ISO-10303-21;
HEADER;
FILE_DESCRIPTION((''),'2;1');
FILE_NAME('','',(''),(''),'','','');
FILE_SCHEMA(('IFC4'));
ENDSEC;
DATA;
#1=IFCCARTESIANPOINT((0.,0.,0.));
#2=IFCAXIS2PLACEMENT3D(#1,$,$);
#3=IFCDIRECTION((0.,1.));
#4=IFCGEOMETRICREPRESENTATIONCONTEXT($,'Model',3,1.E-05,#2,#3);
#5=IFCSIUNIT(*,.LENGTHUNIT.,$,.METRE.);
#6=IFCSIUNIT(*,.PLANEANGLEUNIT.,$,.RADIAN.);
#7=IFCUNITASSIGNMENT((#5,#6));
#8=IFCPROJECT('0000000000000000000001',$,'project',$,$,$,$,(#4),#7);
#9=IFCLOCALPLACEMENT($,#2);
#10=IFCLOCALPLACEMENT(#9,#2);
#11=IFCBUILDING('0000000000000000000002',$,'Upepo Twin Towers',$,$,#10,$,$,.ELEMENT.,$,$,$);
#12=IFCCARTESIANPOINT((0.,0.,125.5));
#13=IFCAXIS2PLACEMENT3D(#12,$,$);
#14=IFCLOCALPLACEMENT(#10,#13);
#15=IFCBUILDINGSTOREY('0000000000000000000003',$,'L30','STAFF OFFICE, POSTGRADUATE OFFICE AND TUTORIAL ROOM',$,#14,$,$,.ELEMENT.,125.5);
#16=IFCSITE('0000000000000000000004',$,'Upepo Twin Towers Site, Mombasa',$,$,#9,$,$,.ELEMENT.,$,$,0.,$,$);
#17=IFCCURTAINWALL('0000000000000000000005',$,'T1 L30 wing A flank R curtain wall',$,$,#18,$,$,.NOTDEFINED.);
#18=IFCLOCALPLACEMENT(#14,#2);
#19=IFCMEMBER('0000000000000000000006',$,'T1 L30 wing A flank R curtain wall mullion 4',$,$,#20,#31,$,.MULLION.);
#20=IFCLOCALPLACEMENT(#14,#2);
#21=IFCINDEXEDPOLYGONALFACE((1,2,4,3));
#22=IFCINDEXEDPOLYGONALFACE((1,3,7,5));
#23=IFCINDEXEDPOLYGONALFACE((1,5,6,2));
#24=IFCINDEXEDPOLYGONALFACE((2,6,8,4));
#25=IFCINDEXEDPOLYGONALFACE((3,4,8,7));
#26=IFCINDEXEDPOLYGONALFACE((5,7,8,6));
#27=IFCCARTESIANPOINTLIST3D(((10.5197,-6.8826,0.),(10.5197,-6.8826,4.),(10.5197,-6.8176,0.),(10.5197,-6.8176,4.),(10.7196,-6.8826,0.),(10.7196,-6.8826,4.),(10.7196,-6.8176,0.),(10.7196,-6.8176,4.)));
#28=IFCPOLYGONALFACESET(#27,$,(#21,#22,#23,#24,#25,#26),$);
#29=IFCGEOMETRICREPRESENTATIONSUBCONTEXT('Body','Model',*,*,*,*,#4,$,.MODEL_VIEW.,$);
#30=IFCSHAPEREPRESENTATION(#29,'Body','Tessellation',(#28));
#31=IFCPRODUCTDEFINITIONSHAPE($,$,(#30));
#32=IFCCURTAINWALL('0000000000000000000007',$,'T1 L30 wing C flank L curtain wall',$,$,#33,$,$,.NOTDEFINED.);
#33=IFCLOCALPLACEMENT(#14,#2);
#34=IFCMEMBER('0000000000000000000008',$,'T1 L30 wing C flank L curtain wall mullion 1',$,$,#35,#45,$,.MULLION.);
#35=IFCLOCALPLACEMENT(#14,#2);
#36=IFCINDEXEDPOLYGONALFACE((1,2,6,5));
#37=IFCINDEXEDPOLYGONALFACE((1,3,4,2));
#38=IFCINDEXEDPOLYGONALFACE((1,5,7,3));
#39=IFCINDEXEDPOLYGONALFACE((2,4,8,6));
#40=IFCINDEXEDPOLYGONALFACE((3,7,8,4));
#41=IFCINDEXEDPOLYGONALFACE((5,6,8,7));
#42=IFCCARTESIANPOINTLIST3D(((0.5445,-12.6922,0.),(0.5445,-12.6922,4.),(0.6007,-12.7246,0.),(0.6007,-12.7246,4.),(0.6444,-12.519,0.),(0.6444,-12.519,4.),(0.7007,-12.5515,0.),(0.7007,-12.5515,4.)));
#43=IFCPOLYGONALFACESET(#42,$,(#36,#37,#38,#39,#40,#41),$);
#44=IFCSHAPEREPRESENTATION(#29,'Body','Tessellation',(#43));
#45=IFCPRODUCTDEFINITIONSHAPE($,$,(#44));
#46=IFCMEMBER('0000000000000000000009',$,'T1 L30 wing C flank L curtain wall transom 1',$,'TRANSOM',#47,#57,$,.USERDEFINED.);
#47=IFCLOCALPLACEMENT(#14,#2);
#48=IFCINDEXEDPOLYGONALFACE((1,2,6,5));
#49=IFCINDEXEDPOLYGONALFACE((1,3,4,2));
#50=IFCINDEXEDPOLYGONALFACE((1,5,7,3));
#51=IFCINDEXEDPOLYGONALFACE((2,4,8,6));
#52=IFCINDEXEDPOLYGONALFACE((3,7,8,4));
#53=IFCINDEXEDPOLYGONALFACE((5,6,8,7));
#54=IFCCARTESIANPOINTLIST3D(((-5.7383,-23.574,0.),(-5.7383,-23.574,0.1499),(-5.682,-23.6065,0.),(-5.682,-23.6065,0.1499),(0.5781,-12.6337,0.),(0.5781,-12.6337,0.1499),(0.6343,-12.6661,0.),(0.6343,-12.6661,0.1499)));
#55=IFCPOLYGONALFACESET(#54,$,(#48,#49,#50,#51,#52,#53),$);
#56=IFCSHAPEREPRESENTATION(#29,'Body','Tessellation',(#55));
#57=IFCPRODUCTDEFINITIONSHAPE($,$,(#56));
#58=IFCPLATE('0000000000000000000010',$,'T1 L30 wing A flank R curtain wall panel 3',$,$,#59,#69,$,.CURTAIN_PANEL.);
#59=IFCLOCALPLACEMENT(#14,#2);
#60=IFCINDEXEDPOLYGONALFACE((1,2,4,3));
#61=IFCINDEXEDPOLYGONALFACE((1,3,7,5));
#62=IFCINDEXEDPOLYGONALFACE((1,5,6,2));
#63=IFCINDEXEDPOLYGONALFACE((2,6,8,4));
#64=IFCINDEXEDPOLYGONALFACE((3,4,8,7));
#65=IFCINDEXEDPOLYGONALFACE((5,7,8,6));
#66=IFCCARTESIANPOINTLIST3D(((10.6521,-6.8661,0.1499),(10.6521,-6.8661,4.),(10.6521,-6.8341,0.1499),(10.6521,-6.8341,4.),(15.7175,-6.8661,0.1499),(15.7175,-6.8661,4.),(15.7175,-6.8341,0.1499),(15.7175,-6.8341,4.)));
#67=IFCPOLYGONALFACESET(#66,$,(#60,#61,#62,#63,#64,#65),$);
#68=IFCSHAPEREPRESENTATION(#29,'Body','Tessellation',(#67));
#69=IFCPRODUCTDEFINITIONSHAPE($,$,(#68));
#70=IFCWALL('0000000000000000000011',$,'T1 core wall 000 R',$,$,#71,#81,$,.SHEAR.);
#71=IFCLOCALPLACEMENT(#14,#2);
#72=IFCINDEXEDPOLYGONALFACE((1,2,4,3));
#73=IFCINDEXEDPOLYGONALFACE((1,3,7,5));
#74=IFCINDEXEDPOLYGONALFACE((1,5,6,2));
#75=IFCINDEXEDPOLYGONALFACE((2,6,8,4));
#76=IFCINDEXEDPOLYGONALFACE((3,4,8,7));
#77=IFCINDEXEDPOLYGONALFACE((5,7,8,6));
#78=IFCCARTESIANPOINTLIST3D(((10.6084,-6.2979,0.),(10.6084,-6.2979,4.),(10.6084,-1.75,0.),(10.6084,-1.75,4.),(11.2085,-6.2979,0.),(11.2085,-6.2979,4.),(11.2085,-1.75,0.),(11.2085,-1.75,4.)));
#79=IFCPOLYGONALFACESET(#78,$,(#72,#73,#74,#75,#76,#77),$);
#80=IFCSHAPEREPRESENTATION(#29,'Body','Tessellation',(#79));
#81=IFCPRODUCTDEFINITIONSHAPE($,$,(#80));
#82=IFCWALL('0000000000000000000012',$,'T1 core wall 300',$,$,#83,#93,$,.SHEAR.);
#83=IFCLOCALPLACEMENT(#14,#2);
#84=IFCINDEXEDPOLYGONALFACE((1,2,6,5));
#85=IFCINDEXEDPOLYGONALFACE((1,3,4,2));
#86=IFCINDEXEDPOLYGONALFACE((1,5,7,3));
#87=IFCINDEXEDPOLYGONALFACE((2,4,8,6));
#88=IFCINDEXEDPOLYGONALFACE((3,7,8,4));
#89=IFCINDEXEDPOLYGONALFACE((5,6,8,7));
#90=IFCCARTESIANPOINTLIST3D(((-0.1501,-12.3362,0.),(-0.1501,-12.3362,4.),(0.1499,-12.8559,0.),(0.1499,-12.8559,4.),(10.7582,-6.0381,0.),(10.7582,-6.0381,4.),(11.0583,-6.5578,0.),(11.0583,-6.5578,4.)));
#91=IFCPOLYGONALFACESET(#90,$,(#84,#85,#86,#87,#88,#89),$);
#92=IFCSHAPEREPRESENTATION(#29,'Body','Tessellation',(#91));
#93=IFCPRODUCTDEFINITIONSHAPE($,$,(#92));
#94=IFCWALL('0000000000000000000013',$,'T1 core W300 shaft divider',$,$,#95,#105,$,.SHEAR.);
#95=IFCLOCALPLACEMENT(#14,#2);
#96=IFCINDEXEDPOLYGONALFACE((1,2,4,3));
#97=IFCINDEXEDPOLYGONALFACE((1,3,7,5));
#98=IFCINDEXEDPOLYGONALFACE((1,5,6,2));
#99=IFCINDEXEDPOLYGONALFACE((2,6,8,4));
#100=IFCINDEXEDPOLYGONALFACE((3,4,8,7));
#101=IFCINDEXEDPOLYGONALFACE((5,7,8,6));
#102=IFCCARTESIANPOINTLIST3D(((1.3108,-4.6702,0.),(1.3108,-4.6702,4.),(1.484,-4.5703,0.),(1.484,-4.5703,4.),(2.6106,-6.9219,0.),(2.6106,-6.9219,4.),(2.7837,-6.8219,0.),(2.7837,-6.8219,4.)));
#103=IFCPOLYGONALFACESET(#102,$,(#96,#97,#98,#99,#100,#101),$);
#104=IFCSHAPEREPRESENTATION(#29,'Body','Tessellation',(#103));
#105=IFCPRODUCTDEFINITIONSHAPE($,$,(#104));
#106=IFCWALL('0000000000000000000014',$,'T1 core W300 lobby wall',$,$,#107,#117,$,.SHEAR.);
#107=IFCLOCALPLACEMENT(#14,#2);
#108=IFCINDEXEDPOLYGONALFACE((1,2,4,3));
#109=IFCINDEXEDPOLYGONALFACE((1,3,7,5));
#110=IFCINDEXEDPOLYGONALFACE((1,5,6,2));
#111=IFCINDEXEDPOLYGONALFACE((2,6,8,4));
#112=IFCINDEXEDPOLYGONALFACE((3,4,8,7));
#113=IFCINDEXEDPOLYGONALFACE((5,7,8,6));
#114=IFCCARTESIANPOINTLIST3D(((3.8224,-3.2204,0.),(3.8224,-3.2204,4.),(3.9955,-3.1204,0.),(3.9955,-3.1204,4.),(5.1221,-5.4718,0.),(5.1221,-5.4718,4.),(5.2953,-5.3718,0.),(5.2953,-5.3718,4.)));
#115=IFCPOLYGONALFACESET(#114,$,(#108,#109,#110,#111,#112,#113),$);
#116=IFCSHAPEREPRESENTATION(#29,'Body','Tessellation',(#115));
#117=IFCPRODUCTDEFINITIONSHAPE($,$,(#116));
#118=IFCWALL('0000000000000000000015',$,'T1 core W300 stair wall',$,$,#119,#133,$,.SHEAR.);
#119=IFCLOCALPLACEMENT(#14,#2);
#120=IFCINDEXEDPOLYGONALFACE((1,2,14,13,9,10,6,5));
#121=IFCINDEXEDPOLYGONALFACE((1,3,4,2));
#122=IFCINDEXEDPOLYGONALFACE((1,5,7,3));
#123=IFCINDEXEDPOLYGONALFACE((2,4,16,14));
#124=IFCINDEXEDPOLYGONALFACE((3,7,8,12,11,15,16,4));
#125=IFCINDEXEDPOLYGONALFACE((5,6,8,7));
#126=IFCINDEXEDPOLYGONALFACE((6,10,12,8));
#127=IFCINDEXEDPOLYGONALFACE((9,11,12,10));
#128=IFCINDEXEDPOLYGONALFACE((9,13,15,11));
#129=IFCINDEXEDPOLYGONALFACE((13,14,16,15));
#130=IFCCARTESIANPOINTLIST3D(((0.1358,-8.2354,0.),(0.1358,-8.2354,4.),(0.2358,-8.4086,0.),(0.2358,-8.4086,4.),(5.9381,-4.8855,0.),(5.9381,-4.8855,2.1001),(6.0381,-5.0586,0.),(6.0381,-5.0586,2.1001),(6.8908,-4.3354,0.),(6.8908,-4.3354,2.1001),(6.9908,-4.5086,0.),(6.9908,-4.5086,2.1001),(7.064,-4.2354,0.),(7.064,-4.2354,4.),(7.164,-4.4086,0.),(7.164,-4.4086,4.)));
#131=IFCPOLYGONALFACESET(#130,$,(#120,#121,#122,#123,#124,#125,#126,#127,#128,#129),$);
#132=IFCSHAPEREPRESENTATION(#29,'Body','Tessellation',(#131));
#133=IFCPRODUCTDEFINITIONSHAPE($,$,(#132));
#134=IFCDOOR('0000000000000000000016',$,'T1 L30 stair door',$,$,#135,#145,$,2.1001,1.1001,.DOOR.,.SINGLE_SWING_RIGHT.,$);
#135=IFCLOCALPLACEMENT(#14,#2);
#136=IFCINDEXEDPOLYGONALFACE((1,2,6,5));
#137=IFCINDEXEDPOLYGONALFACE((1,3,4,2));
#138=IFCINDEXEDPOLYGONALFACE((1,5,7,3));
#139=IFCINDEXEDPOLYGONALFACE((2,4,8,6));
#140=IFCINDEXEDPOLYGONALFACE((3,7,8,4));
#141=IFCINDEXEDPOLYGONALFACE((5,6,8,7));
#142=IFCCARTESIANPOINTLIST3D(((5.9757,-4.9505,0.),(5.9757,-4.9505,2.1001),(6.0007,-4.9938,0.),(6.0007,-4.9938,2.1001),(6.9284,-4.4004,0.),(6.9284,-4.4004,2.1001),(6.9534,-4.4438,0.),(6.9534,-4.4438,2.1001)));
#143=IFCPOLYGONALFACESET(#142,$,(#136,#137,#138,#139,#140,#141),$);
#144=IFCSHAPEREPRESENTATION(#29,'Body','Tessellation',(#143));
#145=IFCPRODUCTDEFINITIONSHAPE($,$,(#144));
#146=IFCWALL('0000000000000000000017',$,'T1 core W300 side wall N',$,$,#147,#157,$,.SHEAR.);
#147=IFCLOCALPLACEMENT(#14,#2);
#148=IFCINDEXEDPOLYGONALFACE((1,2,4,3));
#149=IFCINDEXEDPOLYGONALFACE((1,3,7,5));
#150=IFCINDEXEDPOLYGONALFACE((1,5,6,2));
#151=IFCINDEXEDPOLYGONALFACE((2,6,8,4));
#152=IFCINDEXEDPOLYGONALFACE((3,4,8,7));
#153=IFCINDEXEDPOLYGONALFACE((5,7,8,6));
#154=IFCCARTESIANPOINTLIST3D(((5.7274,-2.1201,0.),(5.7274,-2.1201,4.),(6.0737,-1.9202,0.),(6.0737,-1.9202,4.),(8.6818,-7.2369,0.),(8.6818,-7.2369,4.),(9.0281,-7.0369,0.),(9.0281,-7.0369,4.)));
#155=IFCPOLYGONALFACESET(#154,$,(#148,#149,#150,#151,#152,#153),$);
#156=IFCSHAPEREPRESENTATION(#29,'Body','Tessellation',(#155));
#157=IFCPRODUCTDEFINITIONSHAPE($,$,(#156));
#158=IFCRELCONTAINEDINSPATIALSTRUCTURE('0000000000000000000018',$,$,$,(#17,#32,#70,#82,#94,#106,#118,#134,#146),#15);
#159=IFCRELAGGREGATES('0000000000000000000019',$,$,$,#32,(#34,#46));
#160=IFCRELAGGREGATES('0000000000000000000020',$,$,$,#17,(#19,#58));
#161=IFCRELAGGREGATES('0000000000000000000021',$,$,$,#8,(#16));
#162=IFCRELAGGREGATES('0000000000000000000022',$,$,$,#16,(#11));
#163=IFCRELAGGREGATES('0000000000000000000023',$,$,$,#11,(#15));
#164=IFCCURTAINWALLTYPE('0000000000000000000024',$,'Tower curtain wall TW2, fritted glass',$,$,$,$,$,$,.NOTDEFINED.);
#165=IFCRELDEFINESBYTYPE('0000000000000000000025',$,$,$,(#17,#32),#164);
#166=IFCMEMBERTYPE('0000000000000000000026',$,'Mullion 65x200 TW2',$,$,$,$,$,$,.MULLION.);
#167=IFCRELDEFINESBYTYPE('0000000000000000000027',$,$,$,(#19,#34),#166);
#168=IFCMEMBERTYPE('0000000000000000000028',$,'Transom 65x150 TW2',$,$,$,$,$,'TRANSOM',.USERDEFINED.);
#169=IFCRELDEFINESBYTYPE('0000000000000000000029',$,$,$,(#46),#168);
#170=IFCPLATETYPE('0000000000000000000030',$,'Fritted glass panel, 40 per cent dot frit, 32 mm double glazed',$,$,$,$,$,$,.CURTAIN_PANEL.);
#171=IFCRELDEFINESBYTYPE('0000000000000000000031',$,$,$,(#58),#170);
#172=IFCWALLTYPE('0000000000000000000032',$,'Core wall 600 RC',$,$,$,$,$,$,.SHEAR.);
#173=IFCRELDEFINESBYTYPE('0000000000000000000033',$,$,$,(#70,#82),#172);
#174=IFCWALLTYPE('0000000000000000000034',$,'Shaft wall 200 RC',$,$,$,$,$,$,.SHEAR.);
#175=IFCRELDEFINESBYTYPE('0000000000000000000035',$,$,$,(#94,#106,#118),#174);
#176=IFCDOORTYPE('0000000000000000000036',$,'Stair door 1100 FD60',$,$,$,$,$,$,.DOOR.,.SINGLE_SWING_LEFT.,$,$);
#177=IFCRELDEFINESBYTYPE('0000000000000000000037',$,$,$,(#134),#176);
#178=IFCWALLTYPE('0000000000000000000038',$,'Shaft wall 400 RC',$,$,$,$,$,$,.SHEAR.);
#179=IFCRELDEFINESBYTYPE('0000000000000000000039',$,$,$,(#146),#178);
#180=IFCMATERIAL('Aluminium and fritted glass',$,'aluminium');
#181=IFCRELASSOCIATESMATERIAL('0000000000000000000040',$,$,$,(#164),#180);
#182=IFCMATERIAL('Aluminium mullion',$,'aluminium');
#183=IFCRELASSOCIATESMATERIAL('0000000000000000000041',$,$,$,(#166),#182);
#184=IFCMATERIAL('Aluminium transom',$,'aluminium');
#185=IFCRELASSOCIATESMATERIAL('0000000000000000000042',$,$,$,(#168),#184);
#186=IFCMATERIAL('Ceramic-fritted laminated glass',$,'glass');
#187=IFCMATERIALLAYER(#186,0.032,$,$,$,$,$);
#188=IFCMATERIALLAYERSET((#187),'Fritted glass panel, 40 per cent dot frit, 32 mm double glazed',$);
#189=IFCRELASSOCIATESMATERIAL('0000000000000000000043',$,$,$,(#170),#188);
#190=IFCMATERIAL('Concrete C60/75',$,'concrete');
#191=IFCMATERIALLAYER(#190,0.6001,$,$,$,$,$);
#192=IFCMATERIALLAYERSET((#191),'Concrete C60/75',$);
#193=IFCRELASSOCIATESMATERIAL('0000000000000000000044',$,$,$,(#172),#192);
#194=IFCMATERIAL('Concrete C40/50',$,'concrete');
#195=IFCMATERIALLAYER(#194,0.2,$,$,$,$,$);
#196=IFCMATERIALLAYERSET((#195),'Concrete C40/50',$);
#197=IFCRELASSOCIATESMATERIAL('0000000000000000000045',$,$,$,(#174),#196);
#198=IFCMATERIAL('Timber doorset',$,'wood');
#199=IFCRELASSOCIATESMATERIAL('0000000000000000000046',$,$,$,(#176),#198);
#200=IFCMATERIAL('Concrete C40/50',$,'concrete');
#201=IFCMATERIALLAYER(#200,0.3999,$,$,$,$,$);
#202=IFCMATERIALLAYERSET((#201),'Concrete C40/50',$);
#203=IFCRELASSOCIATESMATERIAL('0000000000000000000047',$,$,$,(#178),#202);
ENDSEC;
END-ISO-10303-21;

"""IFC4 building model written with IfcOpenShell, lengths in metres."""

from ifc_helpers import new_model, si_unit, direction, frame, frame_2d, origin, origin_2d, place, context, subcontext, project, spatial, rectangle, extrude, material, layer, layer_set, material_profile, profile_set, type_object, element, fill, aggregate, save


model = new_model("IFC4")

# Units and contexts
model_context = context("Model", 3, precision=1e-05, world=origin(), true_north=direction((0.0, 1.0)))
body_context = subcontext(model_context, "Body", "Model", "MODEL_VIEW")
ifc_project = project(units=[si_unit("LENGTHUNIT", "METRE"), si_unit("PLANEANGLEUNIT", "RADIAN")], contexts=[model_context])

# Site, building, storey
site_placement = place(None, origin())
site = spatial("IfcSite", under=ifc_project, at=site_placement, Name="Upepo Twin Towers Site, Mombasa", CompositionType="ELEMENT", RefElevation=0.0)
building_placement = place(site_placement, origin())
building = spatial("IfcBuilding", under=site, at=building_placement, Name="Upepo Twin Towers", CompositionType="ELEMENT")
storey_placement = place(building_placement, frame((0.0, 0.0, 125.5)))
storey = spatial("IfcBuildingStorey", under=building, at=storey_placement, Name="L30", Description="STAFF OFFICE, POSTGRADUATE OFFICE AND TUTORIAL ROOM", CompositionType="ELEMENT", Elevation=125.5)

# Curtain wall, member
ifc_material_1 = material(Name="Aluminium and fritted glass", Category="aluminium")
curtain_wall_type = type_object("IfcCurtainWallType", Name="Tower curtain wall TW2, fritted glass", PredefinedType="NOTDEFINED", material=ifc_material_1)
curtain_wall_1_placement = place(storey_placement, origin())
curtain_wall_1 = element("IfcCurtainWall", 1, at=curtain_wall_1_placement, inside=storey, type_object=curtain_wall_type, Name="T1 L30 wing A flank R curtain wall", PredefinedType="NOTDEFINED")
ifc_material_2 = material(Name="Aluminium mullion", Category="aluminium")
ifc_material_profile_1 = material_profile(ifc_material_2, rectangle(XDim=0.0649, YDim=0.2, at=origin_2d()), Name="MULLION 65x200")
ifc_profile_set_1 = profile_set([ifc_material_profile_1], Name="Aluminium mullion")
member_type_1 = type_object("IfcMemberType", Name="Mullion 65x200 TW2", PredefinedType="MULLION", material=ifc_profile_set_1)
member_1_placement = place(storey_placement, frame((10.6196, -6.8501, 0.0), z_axis=(0.0, 0.0, 1.0), x_axis=(0.0, -1.0, 0.0)))
member_1 = element("IfcMember", 2, at=member_1_placement, type_object=member_type_1, Name="T1 L30 wing A flank R curtain wall mullion 4", PredefinedType="MULLION", context=body_context, shape_type="SweptSolid", body=[
    extrude(rectangle(XDim=0.0649, YDim=0.2, at=origin_2d()), origin(), (0.0, 0.0, 1.0), 4.0),
])

# Curtain wall, members
curtain_wall_2_placement = place(storey_placement, origin())
curtain_wall_2 = element("IfcCurtainWall", 3, at=curtain_wall_2_placement, inside=storey, type_object=curtain_wall_type, Name="T1 L30 wing C flank L curtain wall", PredefinedType="NOTDEFINED")
member_2_placement = place(storey_placement, frame((0.6226, -12.6218, 0.0), z_axis=(0.0, 0.0, 1.0), x_axis=(0.866025, -0.5, 0.0)))
member_2 = element("IfcMember", 4, at=member_2_placement, type_object=member_type_1, Name="T1 L30 wing C flank L curtain wall mullion 1", PredefinedType="MULLION", context=body_context, shape_type="SweptSolid", body=[
    extrude(rectangle(XDim=0.0649, YDim=0.2, at=origin_2d()), origin(), (0.0, 0.0, 1.0), 4.0),
])
ifc_material_3 = material(Name="Aluminium transom", Category="aluminium")
ifc_material_profile_2 = material_profile(ifc_material_3, rectangle(XDim=0.0649, YDim=0.1499, at=origin_2d()), Name="TRANSOM 65x150")
ifc_profile_set_2 = profile_set([ifc_material_profile_2], Name="Aluminium transom")
member_type_2 = type_object("IfcMemberType", Name="Transom 65x150 TW2", ElementType="TRANSOM", PredefinedType="USERDEFINED", material=ifc_profile_set_2)
member_3_placement = place(storey_placement, frame((0.6062, -12.6499, 0.075), z_axis=(-0.499997, -0.866027, 0.0), x_axis=(0.866027, -0.499997, 0.0)))
member_3 = element("IfcMember", 5, at=member_3_placement, type_object=member_type_2, Name="T1 L30 wing C flank L curtain wall transom 1", ObjectType="TRANSOM", PredefinedType="USERDEFINED", context=body_context, shape_type="SweptSolid", body=[
    extrude(rectangle(XDim=0.0649, YDim=0.1499, at=origin_2d()), origin(), (0.0, 0.0, 1.0), 12.6328),
])
aggregate(curtain_wall_2, [member_2, member_3])

# Plate
ifc_material_4 = material(Name="Ceramic-fritted laminated glass", Category="glass")
ifc_layer_1 = layer(ifc_material_4, 0.032)
ifc_layer_set_1 = layer_set([ifc_layer_1], Name="Fritted glass panel, 40 per cent dot frit, 32 mm double glazed")
plate_type = type_object("IfcPlateType", Name="Fritted glass panel, 40 per cent dot frit, 32 mm double glazed", PredefinedType="CURTAIN_PANEL", material=ifc_layer_set_1)
plate_placement = place(storey_placement, frame((13.1848, -6.8501, 0.1499), z_axis=(0.0, 0.0, 1.0), x_axis=(-1.0, 0.0, 0.0)))
plate = element("IfcPlate", 6, at=plate_placement, type_object=plate_type, Name="T1 L30 wing A flank R curtain wall panel 3", PredefinedType="CURTAIN_PANEL", context=body_context, shape_type="SweptSolid", body=[
    extrude(rectangle(XDim=5.0654, YDim=0.032, at=origin_2d()), origin(), (0.0, 0.0, 1.0), 3.8501),
])
aggregate(curtain_wall_1, [member_1, plate])

# Walls
ifc_material_5 = material(Name="Concrete C60/75", Category="concrete")
ifc_layer_2 = layer(ifc_material_5, 0.6001)
ifc_layer_set_2 = layer_set([ifc_layer_2], Name="Concrete C60/75")
wall_type_1 = type_object("IfcWallType", Name="Core wall 600 RC", PredefinedType="SHEAR", material=ifc_layer_set_2)
wall_1_placement = place(storey_placement, frame((10.9084, -6.2979, 0.0), z_axis=(0.0, 0.0, 1.0), x_axis=(0.0, 1.0, 0.0)))
element("IfcWall", 7, at=wall_1_placement, inside=storey, type_object=wall_type_1, Name="T1 core wall 000 R", PredefinedType="SHEAR", context=body_context, shape_type="SweptSolid", body=[
    extrude(rectangle(XDim=4.5479, YDim=0.6001, at=frame_2d((2.2739, 0.0))), origin(), (0.0, 0.0, 1.0), 4.0),
])
wall_2_placement = place(storey_placement, frame((0.0, -12.5959, 0.0), z_axis=(0.0, 0.0, 1.0), x_axis=(0.866022, 0.500006, 0.0)))
element("IfcWall", 8, at=wall_2_placement, inside=storey, type_object=wall_type_1, Name="T1 core wall 300", PredefinedType="SHEAR", context=body_context, shape_type="SweptSolid", body=[
    extrude(rectangle(XDim=12.5959, YDim=0.6001, at=frame_2d((6.2979, 0.0))), origin(), (0.0, 0.0, 1.0), 4.0),
])
ifc_material_6 = material(Name="Concrete C40/50", Category="concrete")
ifc_layer_3 = layer(ifc_material_6, 0.2)
ifc_layer_set_3 = layer_set([ifc_layer_3], Name="Concrete C40/50")
wall_type_2 = type_object("IfcWallType", Name="Shaft wall 200 RC", PredefinedType="SHEAR", material=ifc_layer_set_3)
wall_3_placement = place(storey_placement, frame((1.3975, -4.6204, 0.0), z_axis=(0.0, 0.0, 1.0), x_axis=(0.499937, -0.866062, 0.0)))
element("IfcWall", 9, at=wall_3_placement, inside=storey, type_object=wall_type_2, Name="T1 core W300 shaft divider", PredefinedType="SHEAR", context=body_context, shape_type="SweptSolid", body=[
    extrude(rectangle(XDim=2.5999, YDim=0.2, at=frame_2d((1.2998, 0.0))), origin(), (0.0, 0.0, 1.0), 4.0),
])
wall_4_placement = place(storey_placement, frame((3.9089, -3.1704, 0.0), z_axis=(0.0, 0.0, 1.0), x_axis=(0.499977, -0.866039, 0.0)))
element("IfcWall", 10, at=wall_4_placement, inside=storey, type_object=wall_type_2, Name="T1 core W300 lobby wall", PredefinedType="SHEAR", context=body_context, shape_type="SweptSolid", body=[
    extrude(rectangle(XDim=2.5996, YDim=0.2, at=frame_2d((1.2998, 0.0))), origin(), (0.0, 0.0, 1.0), 4.0),
])

# Wall, opening, door
wall_5_placement = place(storey_placement, frame((0.1858, -8.322, 0.0), z_axis=(0.0, 0.0, 1.0), x_axis=(0.866026, 0.499999, 0.0)))
wall_5 = element("IfcWall", 11, at=wall_5_placement, inside=storey, type_object=wall_type_2, Name="T1 core W300 stair wall", PredefinedType="SHEAR", context=body_context, shape_type="SweptSolid", body=[
    extrude(rectangle(XDim=8.0, YDim=0.2, at=frame_2d((4.0, 0.0))), origin(), (0.0, 0.0, 1.0), 4.0),
])
opening_1_placement = place(wall_5_placement, frame((6.7, 0.0, 0.0)))
opening_1 = element("IfcOpeningElement", 12, at=opening_1_placement, cuts=wall_5, PredefinedType="OPENING", context=body_context, shape_type="SweptSolid", body=[
    extrude(rectangle(XDim=1.1001, YDim=2.1001, at=frame_2d((0.55, 1.05))), frame((0.0, 0.1099, 0.0), z_axis=(0.0, -1.0, 0.0), x_axis=(1.0, 0.0, 0.0)), (0.0, 0.0, 1.0), 0.22),
])
ifc_material_7 = material(Name="Timber doorset", Category="wood")
door_type_1 = type_object("IfcDoorType", Name="Stair door 1100 FD60", OperationType="SINGLE_SWING_LEFT", PredefinedType="DOOR", material=ifc_material_7)
door_1_placement = place(opening_1_placement, origin())
door_1 = element("IfcDoor", 13, at=door_1_placement, inside=storey, type_object=door_type_1, Name="T1 L30 stair door", OperationType="SINGLE_SWING_RIGHT", OverallHeight=2.1001, OverallWidth=1.1001, PredefinedType="DOOR", context=body_context, shape_type="SweptSolid", body=[
    extrude(rectangle(XDim=1.1001, YDim=2.1001, at=frame_2d((0.55, 1.05))), frame((0.0, 0.0249, 0.0), z_axis=(0.0, -1.0, 0.0), x_axis=(1.0, 0.0, 0.0)), (0.0, 0.0, 1.0), 0.05),
])
fill(opening_1, door_1)

# Wall
ifc_material_8 = material(Name="Concrete C40/50", Category="concrete")
ifc_layer_4 = layer(ifc_material_8, 0.3999)
ifc_layer_set_4 = layer_set([ifc_layer_4], Name="Concrete C40/50")
wall_type_3 = type_object("IfcWallType", Name="Shaft wall 400 RC", PredefinedType="SHEAR", material=ifc_layer_set_4)
wall_6_placement = place(storey_placement, frame((5.9006, -2.0203, 0.0), z_axis=(0.0, 0.0, 1.0), x_axis=(0.500028, -0.866009, 0.0)))
element("IfcWall", 14, at=wall_6_placement, inside=storey, type_object=wall_type_3, Name="T1 core W300 side wall N", PredefinedType="SHEAR", context=body_context, shape_type="SweptSolid", body=[
    extrude(rectangle(XDim=5.9084, YDim=0.3999, at=frame_2d((2.9541, 0.0))), origin(), (0.0, 0.0, 1.0), 4.0),
])

save(model, "model.ifc")
